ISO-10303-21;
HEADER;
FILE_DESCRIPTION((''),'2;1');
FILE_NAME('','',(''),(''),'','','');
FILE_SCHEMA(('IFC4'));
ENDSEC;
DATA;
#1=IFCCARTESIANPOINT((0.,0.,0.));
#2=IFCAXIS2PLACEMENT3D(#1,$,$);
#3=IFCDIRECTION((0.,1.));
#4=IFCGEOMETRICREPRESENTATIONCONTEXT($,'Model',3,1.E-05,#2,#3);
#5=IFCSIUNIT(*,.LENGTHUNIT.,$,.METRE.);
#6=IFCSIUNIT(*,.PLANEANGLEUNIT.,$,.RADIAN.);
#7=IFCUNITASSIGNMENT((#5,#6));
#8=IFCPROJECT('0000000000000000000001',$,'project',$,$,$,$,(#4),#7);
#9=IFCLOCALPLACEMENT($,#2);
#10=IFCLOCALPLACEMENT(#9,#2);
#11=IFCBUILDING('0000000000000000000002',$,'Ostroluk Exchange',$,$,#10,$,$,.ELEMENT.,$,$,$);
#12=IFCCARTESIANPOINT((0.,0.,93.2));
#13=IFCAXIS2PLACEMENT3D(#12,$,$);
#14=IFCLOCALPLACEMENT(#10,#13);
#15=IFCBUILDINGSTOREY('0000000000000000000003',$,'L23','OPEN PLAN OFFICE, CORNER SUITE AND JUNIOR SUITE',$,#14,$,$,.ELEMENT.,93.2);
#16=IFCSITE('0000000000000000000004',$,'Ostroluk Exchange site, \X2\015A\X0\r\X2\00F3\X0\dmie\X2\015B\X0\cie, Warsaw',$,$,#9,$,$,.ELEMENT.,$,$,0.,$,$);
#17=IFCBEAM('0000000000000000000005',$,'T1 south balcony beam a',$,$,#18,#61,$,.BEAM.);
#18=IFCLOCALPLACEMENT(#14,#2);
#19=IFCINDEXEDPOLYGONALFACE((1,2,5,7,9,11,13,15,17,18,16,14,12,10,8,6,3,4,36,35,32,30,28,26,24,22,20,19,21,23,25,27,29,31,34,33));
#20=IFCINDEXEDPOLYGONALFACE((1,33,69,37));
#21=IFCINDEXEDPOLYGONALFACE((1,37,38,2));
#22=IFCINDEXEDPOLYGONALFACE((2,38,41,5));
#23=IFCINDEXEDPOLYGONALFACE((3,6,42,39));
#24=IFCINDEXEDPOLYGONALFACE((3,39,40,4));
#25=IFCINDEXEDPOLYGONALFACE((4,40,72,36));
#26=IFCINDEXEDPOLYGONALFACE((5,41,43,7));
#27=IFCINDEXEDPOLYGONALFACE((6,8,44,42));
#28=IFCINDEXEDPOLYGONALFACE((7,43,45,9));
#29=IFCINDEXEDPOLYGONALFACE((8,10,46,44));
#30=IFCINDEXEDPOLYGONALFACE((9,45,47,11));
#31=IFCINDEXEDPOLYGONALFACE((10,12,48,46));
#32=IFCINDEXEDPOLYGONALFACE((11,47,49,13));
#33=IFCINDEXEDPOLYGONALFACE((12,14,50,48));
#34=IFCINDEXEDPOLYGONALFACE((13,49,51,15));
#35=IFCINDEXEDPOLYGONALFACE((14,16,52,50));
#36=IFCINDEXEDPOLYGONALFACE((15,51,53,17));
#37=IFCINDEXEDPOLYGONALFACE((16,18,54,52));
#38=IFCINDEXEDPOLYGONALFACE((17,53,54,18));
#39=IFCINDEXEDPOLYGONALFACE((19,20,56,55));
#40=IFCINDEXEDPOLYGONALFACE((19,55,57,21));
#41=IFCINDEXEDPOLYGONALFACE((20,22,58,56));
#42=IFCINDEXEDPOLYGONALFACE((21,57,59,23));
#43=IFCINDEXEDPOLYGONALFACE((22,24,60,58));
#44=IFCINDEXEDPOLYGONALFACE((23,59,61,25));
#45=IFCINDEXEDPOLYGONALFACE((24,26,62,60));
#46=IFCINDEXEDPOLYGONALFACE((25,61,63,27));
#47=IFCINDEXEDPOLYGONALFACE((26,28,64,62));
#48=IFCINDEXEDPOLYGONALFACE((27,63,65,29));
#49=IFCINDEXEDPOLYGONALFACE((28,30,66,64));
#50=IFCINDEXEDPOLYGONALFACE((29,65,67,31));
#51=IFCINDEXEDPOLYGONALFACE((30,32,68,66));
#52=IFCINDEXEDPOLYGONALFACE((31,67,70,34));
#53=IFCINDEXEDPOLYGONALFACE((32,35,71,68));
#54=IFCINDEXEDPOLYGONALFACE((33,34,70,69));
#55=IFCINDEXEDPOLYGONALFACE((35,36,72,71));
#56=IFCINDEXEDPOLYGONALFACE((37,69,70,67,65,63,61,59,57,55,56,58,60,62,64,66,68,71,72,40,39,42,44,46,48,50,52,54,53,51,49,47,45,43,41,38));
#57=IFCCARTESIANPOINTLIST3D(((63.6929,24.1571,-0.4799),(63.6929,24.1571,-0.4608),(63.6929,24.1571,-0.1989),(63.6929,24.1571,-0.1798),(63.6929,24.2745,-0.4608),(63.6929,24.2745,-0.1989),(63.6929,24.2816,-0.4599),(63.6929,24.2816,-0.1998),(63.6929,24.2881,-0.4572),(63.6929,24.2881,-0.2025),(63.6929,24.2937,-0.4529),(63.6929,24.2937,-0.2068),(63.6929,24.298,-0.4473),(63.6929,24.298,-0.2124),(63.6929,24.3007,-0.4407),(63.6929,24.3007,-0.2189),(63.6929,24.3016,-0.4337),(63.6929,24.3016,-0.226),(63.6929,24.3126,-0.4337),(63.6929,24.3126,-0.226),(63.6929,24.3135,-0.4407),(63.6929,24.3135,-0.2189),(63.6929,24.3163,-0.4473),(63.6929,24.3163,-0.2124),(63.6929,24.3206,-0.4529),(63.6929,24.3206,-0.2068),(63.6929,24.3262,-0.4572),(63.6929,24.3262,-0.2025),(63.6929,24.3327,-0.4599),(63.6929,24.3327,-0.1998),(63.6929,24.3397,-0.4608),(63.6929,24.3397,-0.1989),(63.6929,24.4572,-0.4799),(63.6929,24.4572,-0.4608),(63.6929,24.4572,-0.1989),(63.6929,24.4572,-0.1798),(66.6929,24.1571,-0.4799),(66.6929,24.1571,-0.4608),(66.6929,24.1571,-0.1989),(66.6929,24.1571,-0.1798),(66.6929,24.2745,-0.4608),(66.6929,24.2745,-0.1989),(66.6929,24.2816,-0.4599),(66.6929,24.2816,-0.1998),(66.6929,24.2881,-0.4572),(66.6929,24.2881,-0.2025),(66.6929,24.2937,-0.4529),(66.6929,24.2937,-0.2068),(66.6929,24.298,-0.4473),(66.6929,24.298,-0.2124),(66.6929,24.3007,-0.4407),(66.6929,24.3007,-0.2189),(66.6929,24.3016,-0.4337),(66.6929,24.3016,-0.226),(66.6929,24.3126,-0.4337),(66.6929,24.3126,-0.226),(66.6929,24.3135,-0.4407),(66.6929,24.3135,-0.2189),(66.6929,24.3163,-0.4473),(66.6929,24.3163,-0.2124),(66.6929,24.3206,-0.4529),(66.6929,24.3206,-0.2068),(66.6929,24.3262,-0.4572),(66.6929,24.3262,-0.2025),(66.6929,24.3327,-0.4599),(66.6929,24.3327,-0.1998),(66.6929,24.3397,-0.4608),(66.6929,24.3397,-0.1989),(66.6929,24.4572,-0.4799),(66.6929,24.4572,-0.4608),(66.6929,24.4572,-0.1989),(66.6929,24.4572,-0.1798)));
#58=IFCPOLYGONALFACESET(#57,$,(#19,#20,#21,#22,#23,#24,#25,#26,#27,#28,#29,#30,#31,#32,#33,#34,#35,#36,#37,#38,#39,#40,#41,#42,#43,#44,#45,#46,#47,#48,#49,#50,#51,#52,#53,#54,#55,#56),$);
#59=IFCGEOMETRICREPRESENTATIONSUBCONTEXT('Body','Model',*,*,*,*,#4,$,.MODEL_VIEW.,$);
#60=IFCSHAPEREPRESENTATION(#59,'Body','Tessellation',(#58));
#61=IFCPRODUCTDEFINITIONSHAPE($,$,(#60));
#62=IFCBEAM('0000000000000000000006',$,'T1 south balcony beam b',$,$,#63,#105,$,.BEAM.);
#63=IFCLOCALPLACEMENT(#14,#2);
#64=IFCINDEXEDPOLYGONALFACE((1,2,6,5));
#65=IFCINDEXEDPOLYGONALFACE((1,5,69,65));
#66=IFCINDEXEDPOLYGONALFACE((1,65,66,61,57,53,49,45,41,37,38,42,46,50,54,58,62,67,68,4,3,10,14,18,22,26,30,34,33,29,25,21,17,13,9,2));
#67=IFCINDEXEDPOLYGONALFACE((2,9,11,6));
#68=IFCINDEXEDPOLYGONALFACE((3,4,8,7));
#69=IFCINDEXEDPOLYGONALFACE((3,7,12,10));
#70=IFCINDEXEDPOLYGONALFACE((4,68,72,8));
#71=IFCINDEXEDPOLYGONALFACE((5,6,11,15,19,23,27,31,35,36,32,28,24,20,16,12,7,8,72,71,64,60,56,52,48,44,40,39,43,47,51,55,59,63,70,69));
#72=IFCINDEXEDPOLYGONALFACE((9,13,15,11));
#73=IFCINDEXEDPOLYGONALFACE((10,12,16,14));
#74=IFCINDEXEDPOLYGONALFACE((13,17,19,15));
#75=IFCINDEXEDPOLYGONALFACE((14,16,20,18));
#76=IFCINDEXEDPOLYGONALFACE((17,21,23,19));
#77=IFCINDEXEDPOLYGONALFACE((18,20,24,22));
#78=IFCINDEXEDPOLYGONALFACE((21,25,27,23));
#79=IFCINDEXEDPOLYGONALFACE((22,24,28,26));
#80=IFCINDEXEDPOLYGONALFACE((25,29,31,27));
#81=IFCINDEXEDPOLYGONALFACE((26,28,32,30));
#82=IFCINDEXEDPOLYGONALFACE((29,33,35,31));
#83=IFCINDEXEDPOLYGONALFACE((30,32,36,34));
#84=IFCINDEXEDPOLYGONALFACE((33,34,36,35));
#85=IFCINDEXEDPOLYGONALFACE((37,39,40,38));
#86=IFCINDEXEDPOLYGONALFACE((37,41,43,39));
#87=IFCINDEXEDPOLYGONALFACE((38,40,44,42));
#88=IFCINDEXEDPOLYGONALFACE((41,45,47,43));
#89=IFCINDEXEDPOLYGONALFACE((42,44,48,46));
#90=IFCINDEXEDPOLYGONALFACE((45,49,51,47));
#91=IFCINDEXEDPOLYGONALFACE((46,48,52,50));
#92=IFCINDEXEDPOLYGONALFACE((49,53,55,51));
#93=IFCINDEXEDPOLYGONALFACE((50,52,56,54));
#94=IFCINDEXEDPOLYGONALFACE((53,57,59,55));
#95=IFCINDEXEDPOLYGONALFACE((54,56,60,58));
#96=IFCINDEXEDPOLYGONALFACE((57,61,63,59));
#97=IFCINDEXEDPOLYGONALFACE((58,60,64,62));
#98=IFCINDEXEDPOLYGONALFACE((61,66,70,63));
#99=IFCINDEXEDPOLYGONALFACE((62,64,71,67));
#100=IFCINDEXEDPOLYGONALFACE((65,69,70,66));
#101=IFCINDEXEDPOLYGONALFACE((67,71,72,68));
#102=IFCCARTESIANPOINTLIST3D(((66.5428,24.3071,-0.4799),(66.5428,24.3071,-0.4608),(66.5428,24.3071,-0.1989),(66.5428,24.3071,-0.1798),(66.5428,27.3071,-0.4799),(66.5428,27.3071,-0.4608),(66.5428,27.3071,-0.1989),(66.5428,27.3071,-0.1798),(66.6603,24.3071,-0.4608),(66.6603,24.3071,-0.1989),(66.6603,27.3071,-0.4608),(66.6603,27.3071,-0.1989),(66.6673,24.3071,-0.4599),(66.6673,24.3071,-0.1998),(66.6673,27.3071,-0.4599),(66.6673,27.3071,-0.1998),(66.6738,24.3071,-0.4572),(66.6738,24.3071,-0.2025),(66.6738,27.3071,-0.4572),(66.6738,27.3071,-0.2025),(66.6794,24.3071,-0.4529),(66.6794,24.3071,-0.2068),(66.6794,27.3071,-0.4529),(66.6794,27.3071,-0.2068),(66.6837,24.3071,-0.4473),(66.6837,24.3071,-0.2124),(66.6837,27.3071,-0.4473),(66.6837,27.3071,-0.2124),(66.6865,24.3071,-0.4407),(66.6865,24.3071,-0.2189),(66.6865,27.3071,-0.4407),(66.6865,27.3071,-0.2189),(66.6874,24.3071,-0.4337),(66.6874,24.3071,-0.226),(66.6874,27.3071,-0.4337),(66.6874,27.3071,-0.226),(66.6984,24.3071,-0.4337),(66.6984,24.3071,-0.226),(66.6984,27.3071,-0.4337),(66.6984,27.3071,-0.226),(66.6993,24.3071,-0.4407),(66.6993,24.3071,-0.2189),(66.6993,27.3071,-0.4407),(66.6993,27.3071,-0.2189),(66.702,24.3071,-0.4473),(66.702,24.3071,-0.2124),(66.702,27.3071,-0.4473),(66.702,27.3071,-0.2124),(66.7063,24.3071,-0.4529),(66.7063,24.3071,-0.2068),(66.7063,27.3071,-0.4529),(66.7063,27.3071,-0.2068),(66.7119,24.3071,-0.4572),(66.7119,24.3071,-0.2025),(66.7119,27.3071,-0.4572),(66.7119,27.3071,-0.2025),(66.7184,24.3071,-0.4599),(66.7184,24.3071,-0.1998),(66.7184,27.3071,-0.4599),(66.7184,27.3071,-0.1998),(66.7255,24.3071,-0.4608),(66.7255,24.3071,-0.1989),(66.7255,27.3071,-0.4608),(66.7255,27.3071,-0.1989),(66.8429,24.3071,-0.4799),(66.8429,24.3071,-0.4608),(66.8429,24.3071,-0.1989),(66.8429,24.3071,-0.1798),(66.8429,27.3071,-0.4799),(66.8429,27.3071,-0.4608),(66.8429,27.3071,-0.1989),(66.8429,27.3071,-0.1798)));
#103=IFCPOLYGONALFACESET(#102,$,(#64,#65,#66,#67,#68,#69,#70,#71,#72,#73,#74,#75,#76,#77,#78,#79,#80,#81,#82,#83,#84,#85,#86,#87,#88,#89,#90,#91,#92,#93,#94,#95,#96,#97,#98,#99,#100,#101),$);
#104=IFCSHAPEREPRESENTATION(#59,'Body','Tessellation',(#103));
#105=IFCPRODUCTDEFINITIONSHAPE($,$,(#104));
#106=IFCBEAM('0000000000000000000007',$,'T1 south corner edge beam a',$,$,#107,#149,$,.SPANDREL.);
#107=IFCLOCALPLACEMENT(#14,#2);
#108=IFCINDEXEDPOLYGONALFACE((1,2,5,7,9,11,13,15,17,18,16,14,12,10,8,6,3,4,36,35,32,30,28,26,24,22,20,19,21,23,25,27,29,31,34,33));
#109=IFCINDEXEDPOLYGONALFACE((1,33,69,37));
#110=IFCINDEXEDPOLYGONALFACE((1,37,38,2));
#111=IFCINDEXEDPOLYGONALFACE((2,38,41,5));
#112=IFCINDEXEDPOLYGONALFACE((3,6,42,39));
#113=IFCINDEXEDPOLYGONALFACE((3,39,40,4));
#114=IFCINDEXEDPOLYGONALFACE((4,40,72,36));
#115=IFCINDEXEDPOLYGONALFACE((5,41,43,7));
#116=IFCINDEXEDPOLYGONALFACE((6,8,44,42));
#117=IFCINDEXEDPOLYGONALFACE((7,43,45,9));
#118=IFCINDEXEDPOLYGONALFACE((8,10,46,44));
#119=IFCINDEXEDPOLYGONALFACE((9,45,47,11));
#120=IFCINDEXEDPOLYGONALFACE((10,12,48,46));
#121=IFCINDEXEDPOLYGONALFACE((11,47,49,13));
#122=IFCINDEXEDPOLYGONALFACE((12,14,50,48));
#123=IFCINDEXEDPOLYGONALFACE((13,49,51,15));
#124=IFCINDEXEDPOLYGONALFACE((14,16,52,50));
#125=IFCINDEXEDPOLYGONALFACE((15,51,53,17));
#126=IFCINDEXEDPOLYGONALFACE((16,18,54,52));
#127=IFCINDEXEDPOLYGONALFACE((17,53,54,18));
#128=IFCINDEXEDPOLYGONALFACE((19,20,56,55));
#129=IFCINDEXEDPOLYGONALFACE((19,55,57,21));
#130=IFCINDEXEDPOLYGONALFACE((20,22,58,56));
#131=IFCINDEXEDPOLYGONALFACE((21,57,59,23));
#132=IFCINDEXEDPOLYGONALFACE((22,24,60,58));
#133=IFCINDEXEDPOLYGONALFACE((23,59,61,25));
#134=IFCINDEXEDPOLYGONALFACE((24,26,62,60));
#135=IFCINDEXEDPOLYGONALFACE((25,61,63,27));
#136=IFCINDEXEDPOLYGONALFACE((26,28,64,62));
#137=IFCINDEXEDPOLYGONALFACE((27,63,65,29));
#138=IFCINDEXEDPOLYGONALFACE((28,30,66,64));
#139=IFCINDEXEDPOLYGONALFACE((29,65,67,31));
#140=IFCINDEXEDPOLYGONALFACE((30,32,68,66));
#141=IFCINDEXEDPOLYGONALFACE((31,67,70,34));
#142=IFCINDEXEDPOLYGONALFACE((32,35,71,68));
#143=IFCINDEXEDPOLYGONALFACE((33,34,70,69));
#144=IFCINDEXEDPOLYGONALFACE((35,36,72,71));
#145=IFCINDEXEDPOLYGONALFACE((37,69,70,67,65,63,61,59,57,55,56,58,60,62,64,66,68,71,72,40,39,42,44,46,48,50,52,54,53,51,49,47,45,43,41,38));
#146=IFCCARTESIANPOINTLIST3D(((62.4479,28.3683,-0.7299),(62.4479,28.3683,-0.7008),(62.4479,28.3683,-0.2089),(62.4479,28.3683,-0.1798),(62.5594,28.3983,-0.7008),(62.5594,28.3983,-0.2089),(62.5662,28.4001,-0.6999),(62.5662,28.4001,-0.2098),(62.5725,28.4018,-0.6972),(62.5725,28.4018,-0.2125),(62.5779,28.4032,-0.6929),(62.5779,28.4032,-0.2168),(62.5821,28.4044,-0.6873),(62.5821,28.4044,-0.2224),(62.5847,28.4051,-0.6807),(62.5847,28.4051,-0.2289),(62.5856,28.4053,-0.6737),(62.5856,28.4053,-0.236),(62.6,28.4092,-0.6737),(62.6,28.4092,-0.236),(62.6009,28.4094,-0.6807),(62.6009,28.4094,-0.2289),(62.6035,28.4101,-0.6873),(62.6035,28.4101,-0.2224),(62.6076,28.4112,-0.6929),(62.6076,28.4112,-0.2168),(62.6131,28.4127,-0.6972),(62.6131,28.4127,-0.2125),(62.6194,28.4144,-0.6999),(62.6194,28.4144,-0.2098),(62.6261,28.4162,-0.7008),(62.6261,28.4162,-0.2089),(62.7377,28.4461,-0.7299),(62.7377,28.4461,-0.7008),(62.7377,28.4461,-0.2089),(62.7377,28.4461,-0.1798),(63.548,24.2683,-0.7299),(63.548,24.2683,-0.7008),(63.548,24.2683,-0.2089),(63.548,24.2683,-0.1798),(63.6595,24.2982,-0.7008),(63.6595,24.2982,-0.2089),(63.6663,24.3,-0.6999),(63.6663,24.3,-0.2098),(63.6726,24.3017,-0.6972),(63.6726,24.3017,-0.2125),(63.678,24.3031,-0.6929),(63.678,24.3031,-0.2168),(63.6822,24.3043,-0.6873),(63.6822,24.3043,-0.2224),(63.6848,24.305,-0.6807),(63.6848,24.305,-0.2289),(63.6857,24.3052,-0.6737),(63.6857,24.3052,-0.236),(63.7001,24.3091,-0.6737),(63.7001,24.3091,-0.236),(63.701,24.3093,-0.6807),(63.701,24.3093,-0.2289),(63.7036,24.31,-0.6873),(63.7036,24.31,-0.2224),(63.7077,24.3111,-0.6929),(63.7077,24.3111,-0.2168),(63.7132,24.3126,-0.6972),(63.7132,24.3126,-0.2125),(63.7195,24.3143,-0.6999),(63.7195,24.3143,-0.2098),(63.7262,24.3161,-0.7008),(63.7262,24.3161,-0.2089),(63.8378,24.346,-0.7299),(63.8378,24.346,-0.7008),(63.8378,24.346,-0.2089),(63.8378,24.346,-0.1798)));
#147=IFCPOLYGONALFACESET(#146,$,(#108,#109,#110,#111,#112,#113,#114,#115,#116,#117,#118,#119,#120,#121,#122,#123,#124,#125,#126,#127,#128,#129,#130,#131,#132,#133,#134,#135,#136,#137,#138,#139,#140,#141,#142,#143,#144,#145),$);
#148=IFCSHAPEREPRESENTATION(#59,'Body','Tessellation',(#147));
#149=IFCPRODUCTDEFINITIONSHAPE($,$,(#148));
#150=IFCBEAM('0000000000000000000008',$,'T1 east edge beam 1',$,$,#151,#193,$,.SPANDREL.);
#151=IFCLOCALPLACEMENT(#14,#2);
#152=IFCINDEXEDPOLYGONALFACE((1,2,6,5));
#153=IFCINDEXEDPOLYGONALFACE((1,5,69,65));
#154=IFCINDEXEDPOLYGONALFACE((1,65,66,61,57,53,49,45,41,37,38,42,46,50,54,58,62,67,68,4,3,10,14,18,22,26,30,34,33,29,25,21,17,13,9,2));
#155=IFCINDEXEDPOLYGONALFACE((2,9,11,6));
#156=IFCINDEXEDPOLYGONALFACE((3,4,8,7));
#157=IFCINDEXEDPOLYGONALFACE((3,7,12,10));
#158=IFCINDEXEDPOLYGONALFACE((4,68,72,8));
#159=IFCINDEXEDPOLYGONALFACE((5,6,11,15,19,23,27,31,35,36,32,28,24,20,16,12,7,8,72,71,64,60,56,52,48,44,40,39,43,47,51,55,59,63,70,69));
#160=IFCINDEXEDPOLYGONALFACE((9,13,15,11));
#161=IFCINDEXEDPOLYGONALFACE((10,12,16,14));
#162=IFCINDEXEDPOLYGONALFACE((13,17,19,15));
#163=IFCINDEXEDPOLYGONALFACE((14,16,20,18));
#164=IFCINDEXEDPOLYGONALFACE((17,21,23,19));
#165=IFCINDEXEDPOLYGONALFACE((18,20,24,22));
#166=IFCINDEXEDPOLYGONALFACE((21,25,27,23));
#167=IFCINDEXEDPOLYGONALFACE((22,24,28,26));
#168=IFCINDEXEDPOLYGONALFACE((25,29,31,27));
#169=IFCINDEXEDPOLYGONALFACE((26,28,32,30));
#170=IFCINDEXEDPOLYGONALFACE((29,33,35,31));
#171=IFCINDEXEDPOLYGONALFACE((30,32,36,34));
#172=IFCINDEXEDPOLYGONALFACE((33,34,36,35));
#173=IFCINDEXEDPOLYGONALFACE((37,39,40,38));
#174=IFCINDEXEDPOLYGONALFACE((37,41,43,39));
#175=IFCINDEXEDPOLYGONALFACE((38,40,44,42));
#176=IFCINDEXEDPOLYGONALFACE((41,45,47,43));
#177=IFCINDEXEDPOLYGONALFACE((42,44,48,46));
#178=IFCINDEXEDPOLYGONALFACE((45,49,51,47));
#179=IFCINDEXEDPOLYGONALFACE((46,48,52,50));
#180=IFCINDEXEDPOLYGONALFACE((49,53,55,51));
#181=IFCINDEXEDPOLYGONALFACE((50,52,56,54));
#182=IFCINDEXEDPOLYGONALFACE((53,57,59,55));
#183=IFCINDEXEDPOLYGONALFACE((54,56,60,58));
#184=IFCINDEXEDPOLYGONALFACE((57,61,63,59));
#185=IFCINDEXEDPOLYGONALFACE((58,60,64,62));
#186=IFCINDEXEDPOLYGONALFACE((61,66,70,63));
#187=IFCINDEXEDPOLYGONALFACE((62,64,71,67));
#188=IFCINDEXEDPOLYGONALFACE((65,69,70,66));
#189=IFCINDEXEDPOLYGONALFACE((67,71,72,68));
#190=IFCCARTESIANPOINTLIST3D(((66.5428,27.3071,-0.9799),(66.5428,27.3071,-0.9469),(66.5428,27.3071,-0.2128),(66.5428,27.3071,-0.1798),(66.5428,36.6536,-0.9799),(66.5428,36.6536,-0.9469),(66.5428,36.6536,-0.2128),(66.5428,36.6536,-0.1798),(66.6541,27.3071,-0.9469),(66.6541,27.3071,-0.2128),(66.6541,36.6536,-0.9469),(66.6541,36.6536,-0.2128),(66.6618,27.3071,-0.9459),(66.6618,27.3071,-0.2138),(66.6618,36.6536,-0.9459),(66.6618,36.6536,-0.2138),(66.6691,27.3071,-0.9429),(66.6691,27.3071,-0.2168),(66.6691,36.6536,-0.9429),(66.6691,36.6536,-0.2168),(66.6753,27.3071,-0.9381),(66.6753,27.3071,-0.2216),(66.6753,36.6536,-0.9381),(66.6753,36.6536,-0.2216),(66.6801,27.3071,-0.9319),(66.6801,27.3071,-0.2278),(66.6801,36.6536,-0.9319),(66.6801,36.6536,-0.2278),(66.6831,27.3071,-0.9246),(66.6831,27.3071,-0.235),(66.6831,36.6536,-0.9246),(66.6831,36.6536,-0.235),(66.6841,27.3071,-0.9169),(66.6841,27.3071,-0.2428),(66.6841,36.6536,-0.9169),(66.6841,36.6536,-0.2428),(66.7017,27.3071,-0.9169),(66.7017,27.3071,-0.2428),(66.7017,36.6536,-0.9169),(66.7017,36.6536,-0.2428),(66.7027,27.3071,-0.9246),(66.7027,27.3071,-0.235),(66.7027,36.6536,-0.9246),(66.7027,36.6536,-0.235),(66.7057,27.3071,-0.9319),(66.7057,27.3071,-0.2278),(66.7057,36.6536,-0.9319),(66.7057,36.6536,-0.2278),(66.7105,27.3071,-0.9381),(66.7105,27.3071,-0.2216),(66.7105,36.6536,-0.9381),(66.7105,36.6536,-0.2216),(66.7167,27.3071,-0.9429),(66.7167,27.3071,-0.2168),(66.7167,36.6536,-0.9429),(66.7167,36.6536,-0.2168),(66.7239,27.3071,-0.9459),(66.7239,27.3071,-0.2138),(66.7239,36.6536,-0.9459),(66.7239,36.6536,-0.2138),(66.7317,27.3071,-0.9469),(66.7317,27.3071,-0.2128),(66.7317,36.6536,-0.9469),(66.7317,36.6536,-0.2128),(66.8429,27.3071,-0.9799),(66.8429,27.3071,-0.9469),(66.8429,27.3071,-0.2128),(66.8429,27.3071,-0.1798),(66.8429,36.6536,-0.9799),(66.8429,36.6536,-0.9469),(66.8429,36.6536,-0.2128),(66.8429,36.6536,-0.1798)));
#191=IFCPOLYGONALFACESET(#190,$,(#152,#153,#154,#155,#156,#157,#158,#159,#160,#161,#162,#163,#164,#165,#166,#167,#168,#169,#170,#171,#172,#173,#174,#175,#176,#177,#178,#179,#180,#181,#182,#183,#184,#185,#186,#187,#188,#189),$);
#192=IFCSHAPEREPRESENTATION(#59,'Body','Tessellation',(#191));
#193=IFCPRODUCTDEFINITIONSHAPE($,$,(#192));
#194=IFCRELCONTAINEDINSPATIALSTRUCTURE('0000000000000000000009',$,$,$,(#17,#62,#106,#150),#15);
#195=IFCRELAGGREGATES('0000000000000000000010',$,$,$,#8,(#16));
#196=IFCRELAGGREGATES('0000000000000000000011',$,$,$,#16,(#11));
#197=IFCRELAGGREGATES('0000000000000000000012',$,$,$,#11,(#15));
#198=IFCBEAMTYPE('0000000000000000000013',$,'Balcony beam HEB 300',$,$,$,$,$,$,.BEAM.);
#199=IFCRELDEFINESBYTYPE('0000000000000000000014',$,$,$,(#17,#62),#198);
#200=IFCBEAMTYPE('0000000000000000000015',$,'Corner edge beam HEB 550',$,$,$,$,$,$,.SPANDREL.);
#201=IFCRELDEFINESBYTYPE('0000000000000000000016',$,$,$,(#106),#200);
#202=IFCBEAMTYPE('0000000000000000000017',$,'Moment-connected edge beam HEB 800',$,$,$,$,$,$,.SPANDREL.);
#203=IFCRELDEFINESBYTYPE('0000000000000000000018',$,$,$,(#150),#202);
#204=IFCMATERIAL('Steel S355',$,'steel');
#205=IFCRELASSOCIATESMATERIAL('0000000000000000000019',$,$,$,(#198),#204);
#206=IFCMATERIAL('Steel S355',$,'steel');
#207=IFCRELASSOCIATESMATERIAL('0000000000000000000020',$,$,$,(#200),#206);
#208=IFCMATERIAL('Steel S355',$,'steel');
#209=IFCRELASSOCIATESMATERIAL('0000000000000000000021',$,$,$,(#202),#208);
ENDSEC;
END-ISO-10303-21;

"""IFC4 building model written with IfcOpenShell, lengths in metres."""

from ifc_helpers import new_model, si_unit, direction, frame, origin, origin_2d, place, context, subcontext, project, spatial, i_section, extrude, material, material_profile, profile_set, type_object, element, save


model = new_model("IFC4")

# Units and contexts
model_context = context("Model", 3, precision=1e-05, world=origin(), true_north=direction((0.0, 1.0)))
body_context = subcontext(model_context, "Body", "Model", "MODEL_VIEW")
ifc_project = project(units=[si_unit("LENGTHUNIT", "METRE"), si_unit("PLANEANGLEUNIT", "RADIAN")], contexts=[model_context])

# Site, building, storey
site_placement = place(None, origin())
site = spatial("IfcSite", under=ifc_project, at=site_placement, Name="Ostroluk Exchange site, Śródmieście, Warsaw", CompositionType="ELEMENT", RefElevation=0.0)
building_placement = place(site_placement, origin())
building = spatial("IfcBuilding", under=site, at=building_placement, Name="Ostroluk Exchange", CompositionType="ELEMENT")
storey_placement = place(building_placement, frame((0.0, 0.0, 93.2)))
storey = spatial("IfcBuildingStorey", under=building, at=storey_placement, Name="L23", Description="OPEN PLAN OFFICE, CORNER SUITE AND JUNIOR SUITE", CompositionType="ELEMENT", Elevation=93.2)

# Beams
ifc_material_1 = material(Name="Steel S355", Category="steel")
ifc_material_profile_1 = material_profile(ifc_material_1, i_section(OverallWidth=0.3, OverallDepth=0.3, WebThickness=0.011, FlangeThickness=0.019, FilletRadius=0.0271, at=origin_2d()), Name="HEB 300")
ifc_profile_set_1 = profile_set([ifc_material_profile_1], Name="Steel S355")
beam_type_1 = type_object("IfcBeamType", Name="Balcony beam HEB 300", PredefinedType="BEAM", material=ifc_profile_set_1)
for number, where, z_axis, x_axis, name in (
    (1, (63.6929, 24.3071, -0.3298), (1.0, 0.0, 0.0), (0.0, 1.0, 0.0), "T1 south balcony beam a"),
    (2, (66.6929, 27.3071, -0.3298), (0.0, -1.0, 0.0), (1.0, 0.0, 0.0), "T1 south balcony beam b"),
):
    element("IfcBeam", number, at=place(storey_placement, frame(where, z_axis=z_axis, x_axis=x_axis)), inside=storey, type_object=beam_type_1, Name=name, PredefinedType="BEAM", context=body_context, shape_type="SweptSolid", body=[
        extrude(i_section(OverallWidth=0.3, OverallDepth=0.3, WebThickness=0.011, FlangeThickness=0.019, FilletRadius=0.0271, at=origin_2d()), origin(), (0.0, 0.0, 1.0), 3.0),
    ])
ifc_material_2 = material(Name="Steel S355", Category="steel")
ifc_material_profile_2 = material_profile(ifc_material_2, i_section(OverallWidth=0.3, OverallDepth=0.55, WebThickness=0.0149, FlangeThickness=0.0291, FilletRadius=0.0271, at=origin_2d()), Name="HEB 550")
ifc_profile_set_2 = profile_set([ifc_material_profile_2], Name="Steel S355")
beam_type_2 = type_object("IfcBeamType", Name="Corner edge beam HEB 550", PredefinedType="SPANDREL", material=ifc_profile_set_2)
beam_1_placement = place(storey_placement, frame((62.5928, 28.4072, -0.4548), z_axis=(0.259144, -0.965839, 0.0), x_axis=(0.965839, 0.259144, 0.0)))
element("IfcBeam", 3, at=beam_1_placement, inside=storey, type_object=beam_type_2, Name="T1 south corner edge beam a", PredefinedType="SPANDREL", context=body_context, shape_type="SweptSolid", body=[
    extrude(i_section(OverallWidth=0.3, OverallDepth=0.55, WebThickness=0.0149, FlangeThickness=0.0291, FilletRadius=0.0271, at=origin_2d()), origin(), (0.0, 0.0, 1.0), 4.2451),
])
ifc_material_3 = material(Name="Steel S355", Category="steel")
ifc_material_profile_3 = material_profile(ifc_material_3, i_section(OverallWidth=0.3, OverallDepth=0.8, WebThickness=0.0176, FlangeThickness=0.033, FilletRadius=0.03, at=origin_2d()), Name="HEB 800")
ifc_profile_set_3 = profile_set([ifc_material_profile_3], Name="Steel S355")
beam_type_3 = type_object("IfcBeamType", Name="Moment-connected edge beam HEB 800", PredefinedType="SPANDREL", material=ifc_profile_set_3)
beam_2_placement = place(storey_placement, frame((66.6929, 27.3071, -0.5798), z_axis=(0.0, 1.0, 0.0), x_axis=(-1.0, 0.0, 0.0)))
element("IfcBeam", 4, at=beam_2_placement, inside=storey, type_object=beam_type_3, Name="T1 east edge beam 1", PredefinedType="SPANDREL", context=body_context, shape_type="SweptSolid", body=[
    extrude(i_section(OverallWidth=0.3, OverallDepth=0.8, WebThickness=0.0176, FlangeThickness=0.033, FilletRadius=0.03, at=origin_2d()), origin(), (0.0, 0.0, 1.0), 9.3464),
])

save(model, "model.ifc")
